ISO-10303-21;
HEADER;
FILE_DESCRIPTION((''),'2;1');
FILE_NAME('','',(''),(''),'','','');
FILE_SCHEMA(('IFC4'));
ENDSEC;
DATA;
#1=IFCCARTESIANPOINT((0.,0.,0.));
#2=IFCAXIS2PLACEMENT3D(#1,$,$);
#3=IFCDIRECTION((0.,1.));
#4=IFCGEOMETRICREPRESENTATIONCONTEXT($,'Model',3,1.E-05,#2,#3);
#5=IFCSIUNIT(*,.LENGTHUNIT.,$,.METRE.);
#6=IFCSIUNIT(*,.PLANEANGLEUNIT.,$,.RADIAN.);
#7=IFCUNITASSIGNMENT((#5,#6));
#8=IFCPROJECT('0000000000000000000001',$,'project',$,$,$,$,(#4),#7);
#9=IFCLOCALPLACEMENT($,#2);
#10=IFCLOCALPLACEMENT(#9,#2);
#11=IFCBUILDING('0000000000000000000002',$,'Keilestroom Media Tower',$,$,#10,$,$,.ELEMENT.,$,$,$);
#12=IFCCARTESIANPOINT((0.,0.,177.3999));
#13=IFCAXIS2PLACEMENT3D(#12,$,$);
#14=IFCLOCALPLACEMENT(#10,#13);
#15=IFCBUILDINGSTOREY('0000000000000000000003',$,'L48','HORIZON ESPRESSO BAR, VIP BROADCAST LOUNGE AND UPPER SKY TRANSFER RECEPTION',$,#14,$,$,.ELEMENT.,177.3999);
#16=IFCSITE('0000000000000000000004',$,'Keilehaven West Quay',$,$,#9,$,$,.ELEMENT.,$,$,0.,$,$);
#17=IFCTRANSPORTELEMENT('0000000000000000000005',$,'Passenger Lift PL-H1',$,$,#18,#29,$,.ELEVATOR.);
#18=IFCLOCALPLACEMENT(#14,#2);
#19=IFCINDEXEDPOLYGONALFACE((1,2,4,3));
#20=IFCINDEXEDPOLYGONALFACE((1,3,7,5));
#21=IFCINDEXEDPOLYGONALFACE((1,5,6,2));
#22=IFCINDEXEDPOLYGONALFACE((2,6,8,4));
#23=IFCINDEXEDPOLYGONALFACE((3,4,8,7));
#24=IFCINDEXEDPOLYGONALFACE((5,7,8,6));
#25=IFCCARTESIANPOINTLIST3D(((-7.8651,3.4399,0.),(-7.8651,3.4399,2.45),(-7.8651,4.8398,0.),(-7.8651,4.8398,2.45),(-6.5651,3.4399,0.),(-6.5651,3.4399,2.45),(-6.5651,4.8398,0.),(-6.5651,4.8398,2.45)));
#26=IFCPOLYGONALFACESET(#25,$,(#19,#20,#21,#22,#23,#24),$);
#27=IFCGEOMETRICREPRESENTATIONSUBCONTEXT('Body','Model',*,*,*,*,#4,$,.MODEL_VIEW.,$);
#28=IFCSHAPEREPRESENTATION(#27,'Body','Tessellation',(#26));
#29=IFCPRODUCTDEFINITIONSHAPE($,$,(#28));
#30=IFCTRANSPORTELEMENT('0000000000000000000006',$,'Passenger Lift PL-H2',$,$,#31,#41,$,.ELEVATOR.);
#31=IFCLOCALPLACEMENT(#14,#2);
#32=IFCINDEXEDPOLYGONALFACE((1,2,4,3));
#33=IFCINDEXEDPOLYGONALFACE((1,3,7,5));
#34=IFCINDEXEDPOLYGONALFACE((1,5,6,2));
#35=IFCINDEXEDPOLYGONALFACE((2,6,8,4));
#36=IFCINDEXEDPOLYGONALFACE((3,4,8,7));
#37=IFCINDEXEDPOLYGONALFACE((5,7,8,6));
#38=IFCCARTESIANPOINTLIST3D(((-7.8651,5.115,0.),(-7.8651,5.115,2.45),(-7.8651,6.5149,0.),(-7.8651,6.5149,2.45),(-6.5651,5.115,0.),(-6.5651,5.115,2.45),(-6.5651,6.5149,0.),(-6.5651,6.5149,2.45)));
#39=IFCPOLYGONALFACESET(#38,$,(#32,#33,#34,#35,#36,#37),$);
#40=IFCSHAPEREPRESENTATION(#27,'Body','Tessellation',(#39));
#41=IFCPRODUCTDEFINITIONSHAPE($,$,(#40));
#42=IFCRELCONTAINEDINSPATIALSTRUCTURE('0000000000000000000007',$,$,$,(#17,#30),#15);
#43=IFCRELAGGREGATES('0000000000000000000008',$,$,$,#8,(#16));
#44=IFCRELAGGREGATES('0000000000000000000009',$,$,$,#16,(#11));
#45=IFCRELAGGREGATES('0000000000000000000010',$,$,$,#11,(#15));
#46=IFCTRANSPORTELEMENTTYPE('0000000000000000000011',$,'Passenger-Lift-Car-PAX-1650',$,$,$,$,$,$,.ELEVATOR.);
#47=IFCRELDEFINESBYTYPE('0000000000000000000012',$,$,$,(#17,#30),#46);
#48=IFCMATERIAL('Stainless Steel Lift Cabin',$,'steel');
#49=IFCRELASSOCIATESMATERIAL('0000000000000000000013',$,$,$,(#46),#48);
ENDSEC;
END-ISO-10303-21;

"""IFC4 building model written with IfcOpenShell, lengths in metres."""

from ifc_helpers import new_model, si_unit, direction, frame, origin, origin_2d, place, context, subcontext, project, spatial, rectangle, extrude, source, transform, mapped, material, type_object, element, save


model = new_model("IFC4")

# Units and contexts
model_context = context("Model", 3, precision=1e-05, world=origin(), true_north=direction((0.0, 1.0)))
body_context = subcontext(model_context, "Body", "Model", "MODEL_VIEW")
ifc_project = project(units=[si_unit("LENGTHUNIT", "METRE"), si_unit("PLANEANGLEUNIT", "RADIAN")], contexts=[model_context])

# Site, building, storey
site_placement = place(None, origin())
site = spatial("IfcSite", under=ifc_project, at=site_placement, Name="Keilehaven West Quay", CompositionType="ELEMENT", RefElevation=0.0)
building_placement = place(site_placement, origin())
building = spatial("IfcBuilding", under=site, at=building_placement, Name="Keilestroom Media Tower", CompositionType="ELEMENT")
storey_placement = place(building_placement, frame((0.0, 0.0, 177.3999)))
storey = spatial("IfcBuildingStorey", under=building, at=storey_placement, Name="L48", Description="HORIZON ESPRESSO BAR, VIP BROADCAST LOUNGE AND UPPER SKY TRANSFER RECEPTION", CompositionType="ELEMENT", Elevation=177.3999)

# Transport elements
ifc_material_1 = material(Name="Stainless Steel Lift Cabin", Category="steel")
transport_element_type = type_object("IfcTransportElementType", Name="Passenger-Lift-Car-PAX-1650", PredefinedType="ELEVATOR", material=ifc_material_1)
shared_shape_1 = source(origin(), body_context, "Body", "SweptSolid", [
    extrude(rectangle(XDim=1.3, YDim=1.3999, at=origin_2d()), origin(), (0.0, 0.0, 1.0), 2.45),
])
for number, where, z_axis, x_axis, name in (
    (1, (-7.2151, 4.1399, 0.0), (0.0, 0.0, 1.0), (1.0, 0.0, 0.0), "Passenger Lift PL-H1"),
    (2, (-7.2151, 5.8149, 0.0), (0.0, 0.0, 1.0), (1.0, 0.0, 0.0), "Passenger Lift PL-H2"),
):
    element("IfcTransportElement", number, at=place(storey_placement, frame(where, z_axis=z_axis, x_axis=x_axis)), inside=storey, type_object=transport_element_type, Name=name, PredefinedType="ELEVATOR", context=body_context, shape_type="MappedRepresentation", body=[
        mapped(shared_shape_1, transform((0.0, 0.0, 0.0), x_axis=(1.0, 0.0, 0.0), y_axis=(0.0, 1.0, 0.0), z_axis=(0.0, 0.0, 1.0), scale=1.0)),
    ])

save(model, "model.ifc")
